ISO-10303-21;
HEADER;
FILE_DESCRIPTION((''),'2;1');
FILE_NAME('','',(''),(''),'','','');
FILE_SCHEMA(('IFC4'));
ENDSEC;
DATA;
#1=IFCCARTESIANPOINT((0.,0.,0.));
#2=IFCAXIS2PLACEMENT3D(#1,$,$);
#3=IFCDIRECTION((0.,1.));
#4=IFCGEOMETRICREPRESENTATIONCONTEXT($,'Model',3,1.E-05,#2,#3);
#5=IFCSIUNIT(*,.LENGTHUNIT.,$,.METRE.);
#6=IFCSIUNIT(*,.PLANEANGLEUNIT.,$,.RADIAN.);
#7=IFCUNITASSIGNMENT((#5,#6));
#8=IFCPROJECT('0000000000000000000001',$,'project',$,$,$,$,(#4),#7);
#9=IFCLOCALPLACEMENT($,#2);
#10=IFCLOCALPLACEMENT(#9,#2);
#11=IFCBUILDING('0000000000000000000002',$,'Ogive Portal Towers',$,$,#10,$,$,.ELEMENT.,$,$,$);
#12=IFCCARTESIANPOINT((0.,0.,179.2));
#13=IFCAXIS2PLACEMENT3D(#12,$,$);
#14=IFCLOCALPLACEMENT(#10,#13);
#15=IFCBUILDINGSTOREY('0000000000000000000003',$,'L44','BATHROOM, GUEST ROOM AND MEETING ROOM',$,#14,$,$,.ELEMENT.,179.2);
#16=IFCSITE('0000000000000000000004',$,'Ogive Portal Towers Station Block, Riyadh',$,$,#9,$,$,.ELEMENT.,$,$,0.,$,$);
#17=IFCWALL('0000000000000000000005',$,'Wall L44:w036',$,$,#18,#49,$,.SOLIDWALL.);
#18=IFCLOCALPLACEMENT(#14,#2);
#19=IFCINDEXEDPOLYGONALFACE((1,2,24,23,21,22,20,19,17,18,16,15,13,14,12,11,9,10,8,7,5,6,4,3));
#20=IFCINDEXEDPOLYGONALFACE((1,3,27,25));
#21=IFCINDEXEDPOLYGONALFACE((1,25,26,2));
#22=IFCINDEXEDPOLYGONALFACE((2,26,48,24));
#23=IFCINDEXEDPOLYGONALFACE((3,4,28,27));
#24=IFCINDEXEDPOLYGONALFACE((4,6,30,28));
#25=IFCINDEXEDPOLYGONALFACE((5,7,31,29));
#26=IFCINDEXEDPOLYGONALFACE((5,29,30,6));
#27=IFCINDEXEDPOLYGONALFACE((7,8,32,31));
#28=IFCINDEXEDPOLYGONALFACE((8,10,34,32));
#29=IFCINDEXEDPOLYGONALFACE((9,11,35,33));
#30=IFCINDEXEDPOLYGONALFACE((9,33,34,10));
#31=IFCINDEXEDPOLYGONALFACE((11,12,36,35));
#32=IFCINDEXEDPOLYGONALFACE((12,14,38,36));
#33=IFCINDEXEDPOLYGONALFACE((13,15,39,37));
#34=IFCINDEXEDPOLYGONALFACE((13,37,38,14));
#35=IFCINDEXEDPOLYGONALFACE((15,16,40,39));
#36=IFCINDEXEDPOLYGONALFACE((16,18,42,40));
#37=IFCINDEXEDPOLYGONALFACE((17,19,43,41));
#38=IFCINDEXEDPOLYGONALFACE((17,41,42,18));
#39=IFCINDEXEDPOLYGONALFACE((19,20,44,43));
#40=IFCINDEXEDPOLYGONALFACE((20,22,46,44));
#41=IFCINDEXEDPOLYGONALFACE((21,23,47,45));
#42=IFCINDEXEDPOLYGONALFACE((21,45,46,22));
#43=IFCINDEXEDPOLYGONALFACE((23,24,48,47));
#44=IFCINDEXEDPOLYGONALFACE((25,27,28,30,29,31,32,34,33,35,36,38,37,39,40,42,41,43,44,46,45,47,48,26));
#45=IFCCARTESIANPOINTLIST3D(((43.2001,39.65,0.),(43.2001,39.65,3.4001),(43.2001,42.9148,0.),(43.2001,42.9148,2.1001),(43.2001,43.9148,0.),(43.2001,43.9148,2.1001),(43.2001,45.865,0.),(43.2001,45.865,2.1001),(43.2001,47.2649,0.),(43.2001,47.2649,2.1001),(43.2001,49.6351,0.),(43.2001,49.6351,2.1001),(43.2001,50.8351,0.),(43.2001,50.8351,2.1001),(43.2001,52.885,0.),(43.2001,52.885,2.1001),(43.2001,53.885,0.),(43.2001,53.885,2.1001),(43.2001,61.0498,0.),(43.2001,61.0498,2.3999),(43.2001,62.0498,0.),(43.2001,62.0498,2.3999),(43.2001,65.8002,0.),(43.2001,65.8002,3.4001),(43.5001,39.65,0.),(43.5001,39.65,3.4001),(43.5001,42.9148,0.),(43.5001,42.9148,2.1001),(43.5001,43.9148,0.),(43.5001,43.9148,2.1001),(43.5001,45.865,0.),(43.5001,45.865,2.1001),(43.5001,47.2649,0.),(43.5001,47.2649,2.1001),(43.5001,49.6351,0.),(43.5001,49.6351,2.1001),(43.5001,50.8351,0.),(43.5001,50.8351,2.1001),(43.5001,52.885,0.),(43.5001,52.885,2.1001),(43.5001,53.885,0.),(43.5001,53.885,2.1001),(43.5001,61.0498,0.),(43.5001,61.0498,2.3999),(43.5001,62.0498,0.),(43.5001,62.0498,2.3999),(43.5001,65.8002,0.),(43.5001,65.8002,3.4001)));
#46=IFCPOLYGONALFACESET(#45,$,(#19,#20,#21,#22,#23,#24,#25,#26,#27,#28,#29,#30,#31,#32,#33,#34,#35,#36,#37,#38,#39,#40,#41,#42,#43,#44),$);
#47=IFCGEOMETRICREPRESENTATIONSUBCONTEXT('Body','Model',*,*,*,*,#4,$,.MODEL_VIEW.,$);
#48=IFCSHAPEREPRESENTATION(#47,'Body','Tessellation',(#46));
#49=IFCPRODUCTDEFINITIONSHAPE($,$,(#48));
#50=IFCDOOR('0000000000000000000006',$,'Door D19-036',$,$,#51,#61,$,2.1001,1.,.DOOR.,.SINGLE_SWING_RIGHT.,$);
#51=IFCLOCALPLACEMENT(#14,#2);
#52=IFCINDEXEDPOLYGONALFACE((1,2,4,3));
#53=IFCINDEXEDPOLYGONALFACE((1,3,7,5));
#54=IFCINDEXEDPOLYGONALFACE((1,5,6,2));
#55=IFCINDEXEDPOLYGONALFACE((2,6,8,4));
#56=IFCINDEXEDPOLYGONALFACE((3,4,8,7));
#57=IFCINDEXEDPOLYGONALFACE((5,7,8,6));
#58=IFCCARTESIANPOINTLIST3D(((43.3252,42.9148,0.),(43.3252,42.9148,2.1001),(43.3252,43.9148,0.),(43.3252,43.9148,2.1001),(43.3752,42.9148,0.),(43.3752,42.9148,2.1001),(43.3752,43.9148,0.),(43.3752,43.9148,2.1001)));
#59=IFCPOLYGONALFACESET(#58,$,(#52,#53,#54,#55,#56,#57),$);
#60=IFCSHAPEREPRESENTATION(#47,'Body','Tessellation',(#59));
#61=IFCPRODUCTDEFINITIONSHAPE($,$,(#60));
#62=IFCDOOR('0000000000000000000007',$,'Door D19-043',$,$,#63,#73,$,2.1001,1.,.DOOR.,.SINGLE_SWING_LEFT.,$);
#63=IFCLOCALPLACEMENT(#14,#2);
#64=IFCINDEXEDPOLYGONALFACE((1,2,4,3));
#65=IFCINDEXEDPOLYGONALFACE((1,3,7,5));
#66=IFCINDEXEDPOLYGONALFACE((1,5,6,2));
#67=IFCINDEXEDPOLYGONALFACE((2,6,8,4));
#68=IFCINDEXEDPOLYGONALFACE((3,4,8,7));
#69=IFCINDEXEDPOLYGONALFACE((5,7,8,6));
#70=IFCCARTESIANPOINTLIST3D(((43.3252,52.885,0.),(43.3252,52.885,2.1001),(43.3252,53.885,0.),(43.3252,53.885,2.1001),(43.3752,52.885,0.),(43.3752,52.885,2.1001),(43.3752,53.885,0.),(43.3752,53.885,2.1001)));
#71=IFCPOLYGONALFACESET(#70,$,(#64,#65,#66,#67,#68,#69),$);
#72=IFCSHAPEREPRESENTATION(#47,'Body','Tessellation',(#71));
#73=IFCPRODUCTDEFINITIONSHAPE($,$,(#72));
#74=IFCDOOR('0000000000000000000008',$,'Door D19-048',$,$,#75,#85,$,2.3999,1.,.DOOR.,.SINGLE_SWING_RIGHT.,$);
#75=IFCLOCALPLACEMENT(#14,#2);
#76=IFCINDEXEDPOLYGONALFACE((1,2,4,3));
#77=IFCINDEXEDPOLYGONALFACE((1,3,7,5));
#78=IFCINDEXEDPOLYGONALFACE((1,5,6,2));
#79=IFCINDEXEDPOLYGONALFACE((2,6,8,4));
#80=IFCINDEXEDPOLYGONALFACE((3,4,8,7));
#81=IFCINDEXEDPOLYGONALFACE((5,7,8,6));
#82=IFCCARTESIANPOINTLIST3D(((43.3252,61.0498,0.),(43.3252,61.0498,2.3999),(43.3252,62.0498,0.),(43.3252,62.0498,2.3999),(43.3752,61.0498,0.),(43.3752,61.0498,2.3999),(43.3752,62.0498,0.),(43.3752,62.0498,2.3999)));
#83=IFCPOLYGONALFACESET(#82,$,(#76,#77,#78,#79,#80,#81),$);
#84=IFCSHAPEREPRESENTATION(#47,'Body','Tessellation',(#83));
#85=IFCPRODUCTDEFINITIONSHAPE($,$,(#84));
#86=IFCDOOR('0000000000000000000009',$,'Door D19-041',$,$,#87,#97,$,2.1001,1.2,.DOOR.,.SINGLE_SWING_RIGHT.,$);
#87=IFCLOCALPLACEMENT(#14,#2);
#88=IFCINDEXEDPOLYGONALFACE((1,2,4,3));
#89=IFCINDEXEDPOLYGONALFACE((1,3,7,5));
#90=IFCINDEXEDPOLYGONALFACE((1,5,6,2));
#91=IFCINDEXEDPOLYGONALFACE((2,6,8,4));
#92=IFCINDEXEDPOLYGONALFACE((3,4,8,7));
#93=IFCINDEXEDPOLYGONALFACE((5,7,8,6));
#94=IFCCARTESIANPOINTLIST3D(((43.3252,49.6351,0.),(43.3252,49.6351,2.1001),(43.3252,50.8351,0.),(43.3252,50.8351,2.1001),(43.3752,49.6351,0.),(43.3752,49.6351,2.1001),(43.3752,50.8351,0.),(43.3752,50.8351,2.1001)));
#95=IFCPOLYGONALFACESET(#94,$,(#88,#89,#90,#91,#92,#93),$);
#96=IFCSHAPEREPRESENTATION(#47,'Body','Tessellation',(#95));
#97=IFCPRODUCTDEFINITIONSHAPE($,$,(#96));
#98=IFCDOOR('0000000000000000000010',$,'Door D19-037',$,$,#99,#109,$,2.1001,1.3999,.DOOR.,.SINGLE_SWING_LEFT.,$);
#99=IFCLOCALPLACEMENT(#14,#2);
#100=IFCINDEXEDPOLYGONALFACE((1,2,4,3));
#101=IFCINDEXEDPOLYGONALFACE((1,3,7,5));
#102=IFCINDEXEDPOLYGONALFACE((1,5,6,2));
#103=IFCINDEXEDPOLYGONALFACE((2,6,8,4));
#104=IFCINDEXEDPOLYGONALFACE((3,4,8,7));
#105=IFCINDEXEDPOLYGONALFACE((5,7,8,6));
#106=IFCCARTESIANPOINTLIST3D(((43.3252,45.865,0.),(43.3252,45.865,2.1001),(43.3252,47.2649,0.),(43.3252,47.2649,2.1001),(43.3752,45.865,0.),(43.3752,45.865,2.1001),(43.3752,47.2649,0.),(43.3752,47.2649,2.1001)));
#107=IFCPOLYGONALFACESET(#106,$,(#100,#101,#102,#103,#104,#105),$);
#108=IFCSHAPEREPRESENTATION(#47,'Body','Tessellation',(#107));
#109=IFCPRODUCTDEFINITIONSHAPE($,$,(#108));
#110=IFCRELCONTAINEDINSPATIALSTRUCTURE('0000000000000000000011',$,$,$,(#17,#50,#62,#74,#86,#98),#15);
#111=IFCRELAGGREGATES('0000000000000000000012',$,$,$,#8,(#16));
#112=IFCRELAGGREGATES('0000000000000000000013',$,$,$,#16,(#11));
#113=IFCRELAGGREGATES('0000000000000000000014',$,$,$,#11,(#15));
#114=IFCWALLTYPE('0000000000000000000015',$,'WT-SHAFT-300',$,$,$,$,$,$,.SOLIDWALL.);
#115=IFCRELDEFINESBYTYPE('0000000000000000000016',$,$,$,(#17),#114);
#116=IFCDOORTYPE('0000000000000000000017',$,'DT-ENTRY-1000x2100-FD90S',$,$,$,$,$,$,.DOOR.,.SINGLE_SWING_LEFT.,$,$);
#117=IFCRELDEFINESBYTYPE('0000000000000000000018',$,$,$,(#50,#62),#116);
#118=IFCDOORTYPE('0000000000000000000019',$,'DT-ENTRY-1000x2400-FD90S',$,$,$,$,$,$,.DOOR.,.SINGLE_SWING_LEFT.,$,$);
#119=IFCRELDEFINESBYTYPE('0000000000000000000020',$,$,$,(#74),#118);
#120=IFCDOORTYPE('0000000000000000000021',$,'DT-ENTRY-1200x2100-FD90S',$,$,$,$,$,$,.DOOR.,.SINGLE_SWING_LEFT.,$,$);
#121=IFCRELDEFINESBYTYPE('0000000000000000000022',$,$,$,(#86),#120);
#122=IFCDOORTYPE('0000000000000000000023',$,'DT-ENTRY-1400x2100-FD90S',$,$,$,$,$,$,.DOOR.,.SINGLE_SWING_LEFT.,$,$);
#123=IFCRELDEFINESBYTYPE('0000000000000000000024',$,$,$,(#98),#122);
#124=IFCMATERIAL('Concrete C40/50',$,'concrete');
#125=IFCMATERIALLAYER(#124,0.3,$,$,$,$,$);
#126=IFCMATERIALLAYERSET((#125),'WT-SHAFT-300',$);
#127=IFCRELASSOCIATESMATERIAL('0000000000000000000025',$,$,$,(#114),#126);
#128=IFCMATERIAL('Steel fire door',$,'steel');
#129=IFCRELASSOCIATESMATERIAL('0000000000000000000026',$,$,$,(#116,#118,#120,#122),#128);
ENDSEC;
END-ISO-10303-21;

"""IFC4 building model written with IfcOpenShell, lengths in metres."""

from ifc_helpers import new_model, si_unit, direction, frame, frame_2d, origin, place, context, subcontext, project, spatial, rectangle, extrude, material, layer, layer_set, type_object, element, fill, save


model = new_model("IFC4")

# Units and contexts
model_context = context("Model", 3, precision=1e-05, world=origin(), true_north=direction((0.0, 1.0)))
body_context = subcontext(model_context, "Body", "Model", "MODEL_VIEW")
ifc_project = project(units=[si_unit("LENGTHUNIT", "METRE"), si_unit("PLANEANGLEUNIT", "RADIAN")], contexts=[model_context])

# Site, building, storey
site_placement = place(None, origin())
site = spatial("IfcSite", under=ifc_project, at=site_placement, Name="Ogive Portal Towers Station Block, Riyadh", CompositionType="ELEMENT", RefElevation=0.0)
building_placement = place(site_placement, origin())
building = spatial("IfcBuilding", under=site, at=building_placement, Name="Ogive Portal Towers", CompositionType="ELEMENT")
storey_placement = place(building_placement, frame((0.0, 0.0, 179.2)))
storey = spatial("IfcBuildingStorey", under=building, at=storey_placement, Name="L44", Description="BATHROOM, GUEST ROOM AND MEETING ROOM", CompositionType="ELEMENT", Elevation=179.2)

# Shared definitions
ifc_material_1 = material(Name="Steel fire door", Category="steel")

# Shared definitions
ifc_material_2 = material(Name="Concrete C40/50", Category="concrete")
ifc_layer_1 = layer(ifc_material_2, 0.3)
ifc_layer_set_1 = layer_set([ifc_layer_1], Name="WT-SHAFT-300")
wall_type_1 = type_object("IfcWallType", Name="WT-SHAFT-300", PredefinedType="SOLIDWALL", material=ifc_layer_set_1)

# Wall, openings, doors
wall_1_placement = place(storey_placement, frame((43.3501, 39.6499, 0.0), z_axis=(0.0, 0.0, 1.0), x_axis=(0.0, 1.0, 0.0)))
wall_1 = element("IfcWall", 1, at=wall_1_placement, inside=storey, type_object=wall_type_1, Name="Wall L44:w036", PredefinedType="SOLIDWALL", context=body_context, shape_type="SweptSolid", body=[
    extrude(rectangle(XDim=26.1501, YDim=0.3, at=frame_2d((13.0752, 0.0))), origin(), (0.0, 0.0, 1.0), 3.4001),
])
opening_1_placement = place(wall_1_placement, frame((3.2649, 0.0, 0.0)))
opening_1 = element("IfcOpeningElement", 2, at=opening_1_placement, cuts=wall_1, PredefinedType="OPENING", context=body_context, shape_type="SweptSolid", body=[
    extrude(rectangle(XDim=1.0, YDim=2.1001, at=frame_2d((0.5, 1.05))), frame((0.0, 0.1602, 0.0), z_axis=(0.0, -1.0, 0.0), x_axis=(1.0, 0.0, 0.0)), (0.0, 0.0, 1.0), 0.3201),
])
opening_2_placement = place(wall_1_placement, frame((6.2151, 0.0, 0.0)))
opening_2 = element("IfcOpeningElement", 3, at=opening_2_placement, cuts=wall_1, PredefinedType="OPENING", context=body_context, shape_type="SweptSolid", body=[
    extrude(rectangle(XDim=1.3999, YDim=2.1001, at=frame_2d((0.7, 1.05))), frame((0.0, 0.1602, 0.0), z_axis=(0.0, -1.0, 0.0), x_axis=(1.0, 0.0, 0.0)), (0.0, 0.0, 1.0), 0.3201),
])
opening_3_placement = place(wall_1_placement, frame((9.9851, 0.0, 0.0)))
opening_3 = element("IfcOpeningElement", 4, at=opening_3_placement, cuts=wall_1, PredefinedType="OPENING", context=body_context, shape_type="SweptSolid", body=[
    extrude(rectangle(XDim=1.2, YDim=2.1001, at=frame_2d((0.6001, 1.05))), frame((0.0, 0.1602, 0.0), z_axis=(0.0, -1.0, 0.0), x_axis=(1.0, 0.0, 0.0)), (0.0, 0.0, 1.0), 0.3201),
])
opening_4_placement = place(wall_1_placement, frame((13.2351, 0.0, 0.0)))
opening_4 = element("IfcOpeningElement", 5, at=opening_4_placement, cuts=wall_1, PredefinedType="OPENING", context=body_context, shape_type="SweptSolid", body=[
    extrude(rectangle(XDim=1.0, YDim=2.1001, at=frame_2d((0.5, 1.05))), frame((0.0, 0.1602, 0.0), z_axis=(0.0, -1.0, 0.0), x_axis=(1.0, 0.0, 0.0)), (0.0, 0.0, 1.0), 0.3201),
])
opening_5_placement = place(wall_1_placement, frame((21.3999, 0.0, 0.0)))
opening_5 = element("IfcOpeningElement", 6, at=opening_5_placement, cuts=wall_1, PredefinedType="OPENING", context=body_context, shape_type="SweptSolid", body=[
    extrude(rectangle(XDim=1.0, YDim=2.3999, at=frame_2d((0.5, 1.2))), frame((0.0, 0.1602, 0.0), z_axis=(0.0, -1.0, 0.0), x_axis=(1.0, 0.0, 0.0)), (0.0, 0.0, 1.0), 0.3201),
])
door_type_1 = type_object("IfcDoorType", Name="DT-ENTRY-1000x2100-FD90S", OperationType="SINGLE_SWING_LEFT", PredefinedType="DOOR", material=ifc_material_1)
door_1_placement = place(opening_1_placement, origin())
door_1 = element("IfcDoor", 7, at=door_1_placement, inside=storey, type_object=door_type_1, Name="Door D19-036", OperationType="SINGLE_SWING_RIGHT", OverallHeight=2.1001, OverallWidth=1.0, PredefinedType="DOOR", context=body_context, shape_type="SweptSolid", body=[
    extrude(rectangle(XDim=1.0, YDim=2.1001, at=frame_2d((0.5, 1.05))), frame((0.0, 0.0249, 0.0), z_axis=(0.0, -1.0, 0.0), x_axis=(1.0, 0.0, 0.0)), (0.0, 0.0, 1.0), 0.05),
])
fill(opening_1, door_1)
door_2_placement = place(opening_4_placement, origin())
door_2 = element("IfcDoor", 8, at=door_2_placement, inside=storey, type_object=door_type_1, Name="Door D19-043", OperationType="SINGLE_SWING_LEFT", OverallHeight=2.1001, OverallWidth=1.0, PredefinedType="DOOR", context=body_context, shape_type="SweptSolid", body=[
    extrude(rectangle(XDim=1.0, YDim=2.1001, at=frame_2d((0.5, 1.05))), frame((0.0, 0.0249, 0.0), z_axis=(0.0, -1.0, 0.0), x_axis=(1.0, 0.0, 0.0)), (0.0, 0.0, 1.0), 0.05),
])
fill(opening_4, door_2)
door_type_2 = type_object("IfcDoorType", Name="DT-ENTRY-1000x2400-FD90S", OperationType="SINGLE_SWING_LEFT", PredefinedType="DOOR", material=ifc_material_1)
door_3_placement = place(opening_5_placement, origin())
door_3 = element("IfcDoor", 9, at=door_3_placement, inside=storey, type_object=door_type_2, Name="Door D19-048", OperationType="SINGLE_SWING_RIGHT", OverallHeight=2.3999, OverallWidth=1.0, PredefinedType="DOOR", context=body_context, shape_type="SweptSolid", body=[
    extrude(rectangle(XDim=1.0, YDim=2.3999, at=frame_2d((0.5, 1.2))), frame((0.0, 0.0249, 0.0), z_axis=(0.0, -1.0, 0.0), x_axis=(1.0, 0.0, 0.0)), (0.0, 0.0, 1.0), 0.05),
])
fill(opening_5, door_3)
door_type_3 = type_object("IfcDoorType", Name="DT-ENTRY-1200x2100-FD90S", OperationType="SINGLE_SWING_LEFT", PredefinedType="DOOR", material=ifc_material_1)
door_4_placement = place(opening_3_placement, origin())
door_4 = element("IfcDoor", 10, at=door_4_placement, inside=storey, type_object=door_type_3, Name="Door D19-041", OperationType="SINGLE_SWING_RIGHT", OverallHeight=2.1001, OverallWidth=1.2, PredefinedType="DOOR", context=body_context, shape_type="SweptSolid", body=[
    extrude(rectangle(XDim=1.2, YDim=2.1001, at=frame_2d((0.6001, 1.05))), frame((0.0, 0.0249, 0.0), z_axis=(0.0, -1.0, 0.0), x_axis=(1.0, 0.0, 0.0)), (0.0, 0.0, 1.0), 0.05),
])
fill(opening_3, door_4)
door_type_4 = type_object("IfcDoorType", Name="DT-ENTRY-1400x2100-FD90S", OperationType="SINGLE_SWING_LEFT", PredefinedType="DOOR", material=ifc_material_1)
door_5_placement = place(opening_2_placement, origin())
door_5 = element("IfcDoor", 11, at=door_5_placement, inside=storey, type_object=door_type_4, Name="Door D19-037", OperationType="SINGLE_SWING_LEFT", OverallHeight=2.1001, OverallWidth=1.3999, PredefinedType="DOOR", context=body_context, shape_type="SweptSolid", body=[
    extrude(rectangle(XDim=1.3999, YDim=2.1001, at=frame_2d((0.7, 1.05))), frame((0.0, 0.0249, 0.0), z_axis=(0.0, -1.0, 0.0), x_axis=(1.0, 0.0, 0.0)), (0.0, 0.0, 1.0), 0.05),
])
fill(opening_2, door_5)

save(model, "model.ifc")
